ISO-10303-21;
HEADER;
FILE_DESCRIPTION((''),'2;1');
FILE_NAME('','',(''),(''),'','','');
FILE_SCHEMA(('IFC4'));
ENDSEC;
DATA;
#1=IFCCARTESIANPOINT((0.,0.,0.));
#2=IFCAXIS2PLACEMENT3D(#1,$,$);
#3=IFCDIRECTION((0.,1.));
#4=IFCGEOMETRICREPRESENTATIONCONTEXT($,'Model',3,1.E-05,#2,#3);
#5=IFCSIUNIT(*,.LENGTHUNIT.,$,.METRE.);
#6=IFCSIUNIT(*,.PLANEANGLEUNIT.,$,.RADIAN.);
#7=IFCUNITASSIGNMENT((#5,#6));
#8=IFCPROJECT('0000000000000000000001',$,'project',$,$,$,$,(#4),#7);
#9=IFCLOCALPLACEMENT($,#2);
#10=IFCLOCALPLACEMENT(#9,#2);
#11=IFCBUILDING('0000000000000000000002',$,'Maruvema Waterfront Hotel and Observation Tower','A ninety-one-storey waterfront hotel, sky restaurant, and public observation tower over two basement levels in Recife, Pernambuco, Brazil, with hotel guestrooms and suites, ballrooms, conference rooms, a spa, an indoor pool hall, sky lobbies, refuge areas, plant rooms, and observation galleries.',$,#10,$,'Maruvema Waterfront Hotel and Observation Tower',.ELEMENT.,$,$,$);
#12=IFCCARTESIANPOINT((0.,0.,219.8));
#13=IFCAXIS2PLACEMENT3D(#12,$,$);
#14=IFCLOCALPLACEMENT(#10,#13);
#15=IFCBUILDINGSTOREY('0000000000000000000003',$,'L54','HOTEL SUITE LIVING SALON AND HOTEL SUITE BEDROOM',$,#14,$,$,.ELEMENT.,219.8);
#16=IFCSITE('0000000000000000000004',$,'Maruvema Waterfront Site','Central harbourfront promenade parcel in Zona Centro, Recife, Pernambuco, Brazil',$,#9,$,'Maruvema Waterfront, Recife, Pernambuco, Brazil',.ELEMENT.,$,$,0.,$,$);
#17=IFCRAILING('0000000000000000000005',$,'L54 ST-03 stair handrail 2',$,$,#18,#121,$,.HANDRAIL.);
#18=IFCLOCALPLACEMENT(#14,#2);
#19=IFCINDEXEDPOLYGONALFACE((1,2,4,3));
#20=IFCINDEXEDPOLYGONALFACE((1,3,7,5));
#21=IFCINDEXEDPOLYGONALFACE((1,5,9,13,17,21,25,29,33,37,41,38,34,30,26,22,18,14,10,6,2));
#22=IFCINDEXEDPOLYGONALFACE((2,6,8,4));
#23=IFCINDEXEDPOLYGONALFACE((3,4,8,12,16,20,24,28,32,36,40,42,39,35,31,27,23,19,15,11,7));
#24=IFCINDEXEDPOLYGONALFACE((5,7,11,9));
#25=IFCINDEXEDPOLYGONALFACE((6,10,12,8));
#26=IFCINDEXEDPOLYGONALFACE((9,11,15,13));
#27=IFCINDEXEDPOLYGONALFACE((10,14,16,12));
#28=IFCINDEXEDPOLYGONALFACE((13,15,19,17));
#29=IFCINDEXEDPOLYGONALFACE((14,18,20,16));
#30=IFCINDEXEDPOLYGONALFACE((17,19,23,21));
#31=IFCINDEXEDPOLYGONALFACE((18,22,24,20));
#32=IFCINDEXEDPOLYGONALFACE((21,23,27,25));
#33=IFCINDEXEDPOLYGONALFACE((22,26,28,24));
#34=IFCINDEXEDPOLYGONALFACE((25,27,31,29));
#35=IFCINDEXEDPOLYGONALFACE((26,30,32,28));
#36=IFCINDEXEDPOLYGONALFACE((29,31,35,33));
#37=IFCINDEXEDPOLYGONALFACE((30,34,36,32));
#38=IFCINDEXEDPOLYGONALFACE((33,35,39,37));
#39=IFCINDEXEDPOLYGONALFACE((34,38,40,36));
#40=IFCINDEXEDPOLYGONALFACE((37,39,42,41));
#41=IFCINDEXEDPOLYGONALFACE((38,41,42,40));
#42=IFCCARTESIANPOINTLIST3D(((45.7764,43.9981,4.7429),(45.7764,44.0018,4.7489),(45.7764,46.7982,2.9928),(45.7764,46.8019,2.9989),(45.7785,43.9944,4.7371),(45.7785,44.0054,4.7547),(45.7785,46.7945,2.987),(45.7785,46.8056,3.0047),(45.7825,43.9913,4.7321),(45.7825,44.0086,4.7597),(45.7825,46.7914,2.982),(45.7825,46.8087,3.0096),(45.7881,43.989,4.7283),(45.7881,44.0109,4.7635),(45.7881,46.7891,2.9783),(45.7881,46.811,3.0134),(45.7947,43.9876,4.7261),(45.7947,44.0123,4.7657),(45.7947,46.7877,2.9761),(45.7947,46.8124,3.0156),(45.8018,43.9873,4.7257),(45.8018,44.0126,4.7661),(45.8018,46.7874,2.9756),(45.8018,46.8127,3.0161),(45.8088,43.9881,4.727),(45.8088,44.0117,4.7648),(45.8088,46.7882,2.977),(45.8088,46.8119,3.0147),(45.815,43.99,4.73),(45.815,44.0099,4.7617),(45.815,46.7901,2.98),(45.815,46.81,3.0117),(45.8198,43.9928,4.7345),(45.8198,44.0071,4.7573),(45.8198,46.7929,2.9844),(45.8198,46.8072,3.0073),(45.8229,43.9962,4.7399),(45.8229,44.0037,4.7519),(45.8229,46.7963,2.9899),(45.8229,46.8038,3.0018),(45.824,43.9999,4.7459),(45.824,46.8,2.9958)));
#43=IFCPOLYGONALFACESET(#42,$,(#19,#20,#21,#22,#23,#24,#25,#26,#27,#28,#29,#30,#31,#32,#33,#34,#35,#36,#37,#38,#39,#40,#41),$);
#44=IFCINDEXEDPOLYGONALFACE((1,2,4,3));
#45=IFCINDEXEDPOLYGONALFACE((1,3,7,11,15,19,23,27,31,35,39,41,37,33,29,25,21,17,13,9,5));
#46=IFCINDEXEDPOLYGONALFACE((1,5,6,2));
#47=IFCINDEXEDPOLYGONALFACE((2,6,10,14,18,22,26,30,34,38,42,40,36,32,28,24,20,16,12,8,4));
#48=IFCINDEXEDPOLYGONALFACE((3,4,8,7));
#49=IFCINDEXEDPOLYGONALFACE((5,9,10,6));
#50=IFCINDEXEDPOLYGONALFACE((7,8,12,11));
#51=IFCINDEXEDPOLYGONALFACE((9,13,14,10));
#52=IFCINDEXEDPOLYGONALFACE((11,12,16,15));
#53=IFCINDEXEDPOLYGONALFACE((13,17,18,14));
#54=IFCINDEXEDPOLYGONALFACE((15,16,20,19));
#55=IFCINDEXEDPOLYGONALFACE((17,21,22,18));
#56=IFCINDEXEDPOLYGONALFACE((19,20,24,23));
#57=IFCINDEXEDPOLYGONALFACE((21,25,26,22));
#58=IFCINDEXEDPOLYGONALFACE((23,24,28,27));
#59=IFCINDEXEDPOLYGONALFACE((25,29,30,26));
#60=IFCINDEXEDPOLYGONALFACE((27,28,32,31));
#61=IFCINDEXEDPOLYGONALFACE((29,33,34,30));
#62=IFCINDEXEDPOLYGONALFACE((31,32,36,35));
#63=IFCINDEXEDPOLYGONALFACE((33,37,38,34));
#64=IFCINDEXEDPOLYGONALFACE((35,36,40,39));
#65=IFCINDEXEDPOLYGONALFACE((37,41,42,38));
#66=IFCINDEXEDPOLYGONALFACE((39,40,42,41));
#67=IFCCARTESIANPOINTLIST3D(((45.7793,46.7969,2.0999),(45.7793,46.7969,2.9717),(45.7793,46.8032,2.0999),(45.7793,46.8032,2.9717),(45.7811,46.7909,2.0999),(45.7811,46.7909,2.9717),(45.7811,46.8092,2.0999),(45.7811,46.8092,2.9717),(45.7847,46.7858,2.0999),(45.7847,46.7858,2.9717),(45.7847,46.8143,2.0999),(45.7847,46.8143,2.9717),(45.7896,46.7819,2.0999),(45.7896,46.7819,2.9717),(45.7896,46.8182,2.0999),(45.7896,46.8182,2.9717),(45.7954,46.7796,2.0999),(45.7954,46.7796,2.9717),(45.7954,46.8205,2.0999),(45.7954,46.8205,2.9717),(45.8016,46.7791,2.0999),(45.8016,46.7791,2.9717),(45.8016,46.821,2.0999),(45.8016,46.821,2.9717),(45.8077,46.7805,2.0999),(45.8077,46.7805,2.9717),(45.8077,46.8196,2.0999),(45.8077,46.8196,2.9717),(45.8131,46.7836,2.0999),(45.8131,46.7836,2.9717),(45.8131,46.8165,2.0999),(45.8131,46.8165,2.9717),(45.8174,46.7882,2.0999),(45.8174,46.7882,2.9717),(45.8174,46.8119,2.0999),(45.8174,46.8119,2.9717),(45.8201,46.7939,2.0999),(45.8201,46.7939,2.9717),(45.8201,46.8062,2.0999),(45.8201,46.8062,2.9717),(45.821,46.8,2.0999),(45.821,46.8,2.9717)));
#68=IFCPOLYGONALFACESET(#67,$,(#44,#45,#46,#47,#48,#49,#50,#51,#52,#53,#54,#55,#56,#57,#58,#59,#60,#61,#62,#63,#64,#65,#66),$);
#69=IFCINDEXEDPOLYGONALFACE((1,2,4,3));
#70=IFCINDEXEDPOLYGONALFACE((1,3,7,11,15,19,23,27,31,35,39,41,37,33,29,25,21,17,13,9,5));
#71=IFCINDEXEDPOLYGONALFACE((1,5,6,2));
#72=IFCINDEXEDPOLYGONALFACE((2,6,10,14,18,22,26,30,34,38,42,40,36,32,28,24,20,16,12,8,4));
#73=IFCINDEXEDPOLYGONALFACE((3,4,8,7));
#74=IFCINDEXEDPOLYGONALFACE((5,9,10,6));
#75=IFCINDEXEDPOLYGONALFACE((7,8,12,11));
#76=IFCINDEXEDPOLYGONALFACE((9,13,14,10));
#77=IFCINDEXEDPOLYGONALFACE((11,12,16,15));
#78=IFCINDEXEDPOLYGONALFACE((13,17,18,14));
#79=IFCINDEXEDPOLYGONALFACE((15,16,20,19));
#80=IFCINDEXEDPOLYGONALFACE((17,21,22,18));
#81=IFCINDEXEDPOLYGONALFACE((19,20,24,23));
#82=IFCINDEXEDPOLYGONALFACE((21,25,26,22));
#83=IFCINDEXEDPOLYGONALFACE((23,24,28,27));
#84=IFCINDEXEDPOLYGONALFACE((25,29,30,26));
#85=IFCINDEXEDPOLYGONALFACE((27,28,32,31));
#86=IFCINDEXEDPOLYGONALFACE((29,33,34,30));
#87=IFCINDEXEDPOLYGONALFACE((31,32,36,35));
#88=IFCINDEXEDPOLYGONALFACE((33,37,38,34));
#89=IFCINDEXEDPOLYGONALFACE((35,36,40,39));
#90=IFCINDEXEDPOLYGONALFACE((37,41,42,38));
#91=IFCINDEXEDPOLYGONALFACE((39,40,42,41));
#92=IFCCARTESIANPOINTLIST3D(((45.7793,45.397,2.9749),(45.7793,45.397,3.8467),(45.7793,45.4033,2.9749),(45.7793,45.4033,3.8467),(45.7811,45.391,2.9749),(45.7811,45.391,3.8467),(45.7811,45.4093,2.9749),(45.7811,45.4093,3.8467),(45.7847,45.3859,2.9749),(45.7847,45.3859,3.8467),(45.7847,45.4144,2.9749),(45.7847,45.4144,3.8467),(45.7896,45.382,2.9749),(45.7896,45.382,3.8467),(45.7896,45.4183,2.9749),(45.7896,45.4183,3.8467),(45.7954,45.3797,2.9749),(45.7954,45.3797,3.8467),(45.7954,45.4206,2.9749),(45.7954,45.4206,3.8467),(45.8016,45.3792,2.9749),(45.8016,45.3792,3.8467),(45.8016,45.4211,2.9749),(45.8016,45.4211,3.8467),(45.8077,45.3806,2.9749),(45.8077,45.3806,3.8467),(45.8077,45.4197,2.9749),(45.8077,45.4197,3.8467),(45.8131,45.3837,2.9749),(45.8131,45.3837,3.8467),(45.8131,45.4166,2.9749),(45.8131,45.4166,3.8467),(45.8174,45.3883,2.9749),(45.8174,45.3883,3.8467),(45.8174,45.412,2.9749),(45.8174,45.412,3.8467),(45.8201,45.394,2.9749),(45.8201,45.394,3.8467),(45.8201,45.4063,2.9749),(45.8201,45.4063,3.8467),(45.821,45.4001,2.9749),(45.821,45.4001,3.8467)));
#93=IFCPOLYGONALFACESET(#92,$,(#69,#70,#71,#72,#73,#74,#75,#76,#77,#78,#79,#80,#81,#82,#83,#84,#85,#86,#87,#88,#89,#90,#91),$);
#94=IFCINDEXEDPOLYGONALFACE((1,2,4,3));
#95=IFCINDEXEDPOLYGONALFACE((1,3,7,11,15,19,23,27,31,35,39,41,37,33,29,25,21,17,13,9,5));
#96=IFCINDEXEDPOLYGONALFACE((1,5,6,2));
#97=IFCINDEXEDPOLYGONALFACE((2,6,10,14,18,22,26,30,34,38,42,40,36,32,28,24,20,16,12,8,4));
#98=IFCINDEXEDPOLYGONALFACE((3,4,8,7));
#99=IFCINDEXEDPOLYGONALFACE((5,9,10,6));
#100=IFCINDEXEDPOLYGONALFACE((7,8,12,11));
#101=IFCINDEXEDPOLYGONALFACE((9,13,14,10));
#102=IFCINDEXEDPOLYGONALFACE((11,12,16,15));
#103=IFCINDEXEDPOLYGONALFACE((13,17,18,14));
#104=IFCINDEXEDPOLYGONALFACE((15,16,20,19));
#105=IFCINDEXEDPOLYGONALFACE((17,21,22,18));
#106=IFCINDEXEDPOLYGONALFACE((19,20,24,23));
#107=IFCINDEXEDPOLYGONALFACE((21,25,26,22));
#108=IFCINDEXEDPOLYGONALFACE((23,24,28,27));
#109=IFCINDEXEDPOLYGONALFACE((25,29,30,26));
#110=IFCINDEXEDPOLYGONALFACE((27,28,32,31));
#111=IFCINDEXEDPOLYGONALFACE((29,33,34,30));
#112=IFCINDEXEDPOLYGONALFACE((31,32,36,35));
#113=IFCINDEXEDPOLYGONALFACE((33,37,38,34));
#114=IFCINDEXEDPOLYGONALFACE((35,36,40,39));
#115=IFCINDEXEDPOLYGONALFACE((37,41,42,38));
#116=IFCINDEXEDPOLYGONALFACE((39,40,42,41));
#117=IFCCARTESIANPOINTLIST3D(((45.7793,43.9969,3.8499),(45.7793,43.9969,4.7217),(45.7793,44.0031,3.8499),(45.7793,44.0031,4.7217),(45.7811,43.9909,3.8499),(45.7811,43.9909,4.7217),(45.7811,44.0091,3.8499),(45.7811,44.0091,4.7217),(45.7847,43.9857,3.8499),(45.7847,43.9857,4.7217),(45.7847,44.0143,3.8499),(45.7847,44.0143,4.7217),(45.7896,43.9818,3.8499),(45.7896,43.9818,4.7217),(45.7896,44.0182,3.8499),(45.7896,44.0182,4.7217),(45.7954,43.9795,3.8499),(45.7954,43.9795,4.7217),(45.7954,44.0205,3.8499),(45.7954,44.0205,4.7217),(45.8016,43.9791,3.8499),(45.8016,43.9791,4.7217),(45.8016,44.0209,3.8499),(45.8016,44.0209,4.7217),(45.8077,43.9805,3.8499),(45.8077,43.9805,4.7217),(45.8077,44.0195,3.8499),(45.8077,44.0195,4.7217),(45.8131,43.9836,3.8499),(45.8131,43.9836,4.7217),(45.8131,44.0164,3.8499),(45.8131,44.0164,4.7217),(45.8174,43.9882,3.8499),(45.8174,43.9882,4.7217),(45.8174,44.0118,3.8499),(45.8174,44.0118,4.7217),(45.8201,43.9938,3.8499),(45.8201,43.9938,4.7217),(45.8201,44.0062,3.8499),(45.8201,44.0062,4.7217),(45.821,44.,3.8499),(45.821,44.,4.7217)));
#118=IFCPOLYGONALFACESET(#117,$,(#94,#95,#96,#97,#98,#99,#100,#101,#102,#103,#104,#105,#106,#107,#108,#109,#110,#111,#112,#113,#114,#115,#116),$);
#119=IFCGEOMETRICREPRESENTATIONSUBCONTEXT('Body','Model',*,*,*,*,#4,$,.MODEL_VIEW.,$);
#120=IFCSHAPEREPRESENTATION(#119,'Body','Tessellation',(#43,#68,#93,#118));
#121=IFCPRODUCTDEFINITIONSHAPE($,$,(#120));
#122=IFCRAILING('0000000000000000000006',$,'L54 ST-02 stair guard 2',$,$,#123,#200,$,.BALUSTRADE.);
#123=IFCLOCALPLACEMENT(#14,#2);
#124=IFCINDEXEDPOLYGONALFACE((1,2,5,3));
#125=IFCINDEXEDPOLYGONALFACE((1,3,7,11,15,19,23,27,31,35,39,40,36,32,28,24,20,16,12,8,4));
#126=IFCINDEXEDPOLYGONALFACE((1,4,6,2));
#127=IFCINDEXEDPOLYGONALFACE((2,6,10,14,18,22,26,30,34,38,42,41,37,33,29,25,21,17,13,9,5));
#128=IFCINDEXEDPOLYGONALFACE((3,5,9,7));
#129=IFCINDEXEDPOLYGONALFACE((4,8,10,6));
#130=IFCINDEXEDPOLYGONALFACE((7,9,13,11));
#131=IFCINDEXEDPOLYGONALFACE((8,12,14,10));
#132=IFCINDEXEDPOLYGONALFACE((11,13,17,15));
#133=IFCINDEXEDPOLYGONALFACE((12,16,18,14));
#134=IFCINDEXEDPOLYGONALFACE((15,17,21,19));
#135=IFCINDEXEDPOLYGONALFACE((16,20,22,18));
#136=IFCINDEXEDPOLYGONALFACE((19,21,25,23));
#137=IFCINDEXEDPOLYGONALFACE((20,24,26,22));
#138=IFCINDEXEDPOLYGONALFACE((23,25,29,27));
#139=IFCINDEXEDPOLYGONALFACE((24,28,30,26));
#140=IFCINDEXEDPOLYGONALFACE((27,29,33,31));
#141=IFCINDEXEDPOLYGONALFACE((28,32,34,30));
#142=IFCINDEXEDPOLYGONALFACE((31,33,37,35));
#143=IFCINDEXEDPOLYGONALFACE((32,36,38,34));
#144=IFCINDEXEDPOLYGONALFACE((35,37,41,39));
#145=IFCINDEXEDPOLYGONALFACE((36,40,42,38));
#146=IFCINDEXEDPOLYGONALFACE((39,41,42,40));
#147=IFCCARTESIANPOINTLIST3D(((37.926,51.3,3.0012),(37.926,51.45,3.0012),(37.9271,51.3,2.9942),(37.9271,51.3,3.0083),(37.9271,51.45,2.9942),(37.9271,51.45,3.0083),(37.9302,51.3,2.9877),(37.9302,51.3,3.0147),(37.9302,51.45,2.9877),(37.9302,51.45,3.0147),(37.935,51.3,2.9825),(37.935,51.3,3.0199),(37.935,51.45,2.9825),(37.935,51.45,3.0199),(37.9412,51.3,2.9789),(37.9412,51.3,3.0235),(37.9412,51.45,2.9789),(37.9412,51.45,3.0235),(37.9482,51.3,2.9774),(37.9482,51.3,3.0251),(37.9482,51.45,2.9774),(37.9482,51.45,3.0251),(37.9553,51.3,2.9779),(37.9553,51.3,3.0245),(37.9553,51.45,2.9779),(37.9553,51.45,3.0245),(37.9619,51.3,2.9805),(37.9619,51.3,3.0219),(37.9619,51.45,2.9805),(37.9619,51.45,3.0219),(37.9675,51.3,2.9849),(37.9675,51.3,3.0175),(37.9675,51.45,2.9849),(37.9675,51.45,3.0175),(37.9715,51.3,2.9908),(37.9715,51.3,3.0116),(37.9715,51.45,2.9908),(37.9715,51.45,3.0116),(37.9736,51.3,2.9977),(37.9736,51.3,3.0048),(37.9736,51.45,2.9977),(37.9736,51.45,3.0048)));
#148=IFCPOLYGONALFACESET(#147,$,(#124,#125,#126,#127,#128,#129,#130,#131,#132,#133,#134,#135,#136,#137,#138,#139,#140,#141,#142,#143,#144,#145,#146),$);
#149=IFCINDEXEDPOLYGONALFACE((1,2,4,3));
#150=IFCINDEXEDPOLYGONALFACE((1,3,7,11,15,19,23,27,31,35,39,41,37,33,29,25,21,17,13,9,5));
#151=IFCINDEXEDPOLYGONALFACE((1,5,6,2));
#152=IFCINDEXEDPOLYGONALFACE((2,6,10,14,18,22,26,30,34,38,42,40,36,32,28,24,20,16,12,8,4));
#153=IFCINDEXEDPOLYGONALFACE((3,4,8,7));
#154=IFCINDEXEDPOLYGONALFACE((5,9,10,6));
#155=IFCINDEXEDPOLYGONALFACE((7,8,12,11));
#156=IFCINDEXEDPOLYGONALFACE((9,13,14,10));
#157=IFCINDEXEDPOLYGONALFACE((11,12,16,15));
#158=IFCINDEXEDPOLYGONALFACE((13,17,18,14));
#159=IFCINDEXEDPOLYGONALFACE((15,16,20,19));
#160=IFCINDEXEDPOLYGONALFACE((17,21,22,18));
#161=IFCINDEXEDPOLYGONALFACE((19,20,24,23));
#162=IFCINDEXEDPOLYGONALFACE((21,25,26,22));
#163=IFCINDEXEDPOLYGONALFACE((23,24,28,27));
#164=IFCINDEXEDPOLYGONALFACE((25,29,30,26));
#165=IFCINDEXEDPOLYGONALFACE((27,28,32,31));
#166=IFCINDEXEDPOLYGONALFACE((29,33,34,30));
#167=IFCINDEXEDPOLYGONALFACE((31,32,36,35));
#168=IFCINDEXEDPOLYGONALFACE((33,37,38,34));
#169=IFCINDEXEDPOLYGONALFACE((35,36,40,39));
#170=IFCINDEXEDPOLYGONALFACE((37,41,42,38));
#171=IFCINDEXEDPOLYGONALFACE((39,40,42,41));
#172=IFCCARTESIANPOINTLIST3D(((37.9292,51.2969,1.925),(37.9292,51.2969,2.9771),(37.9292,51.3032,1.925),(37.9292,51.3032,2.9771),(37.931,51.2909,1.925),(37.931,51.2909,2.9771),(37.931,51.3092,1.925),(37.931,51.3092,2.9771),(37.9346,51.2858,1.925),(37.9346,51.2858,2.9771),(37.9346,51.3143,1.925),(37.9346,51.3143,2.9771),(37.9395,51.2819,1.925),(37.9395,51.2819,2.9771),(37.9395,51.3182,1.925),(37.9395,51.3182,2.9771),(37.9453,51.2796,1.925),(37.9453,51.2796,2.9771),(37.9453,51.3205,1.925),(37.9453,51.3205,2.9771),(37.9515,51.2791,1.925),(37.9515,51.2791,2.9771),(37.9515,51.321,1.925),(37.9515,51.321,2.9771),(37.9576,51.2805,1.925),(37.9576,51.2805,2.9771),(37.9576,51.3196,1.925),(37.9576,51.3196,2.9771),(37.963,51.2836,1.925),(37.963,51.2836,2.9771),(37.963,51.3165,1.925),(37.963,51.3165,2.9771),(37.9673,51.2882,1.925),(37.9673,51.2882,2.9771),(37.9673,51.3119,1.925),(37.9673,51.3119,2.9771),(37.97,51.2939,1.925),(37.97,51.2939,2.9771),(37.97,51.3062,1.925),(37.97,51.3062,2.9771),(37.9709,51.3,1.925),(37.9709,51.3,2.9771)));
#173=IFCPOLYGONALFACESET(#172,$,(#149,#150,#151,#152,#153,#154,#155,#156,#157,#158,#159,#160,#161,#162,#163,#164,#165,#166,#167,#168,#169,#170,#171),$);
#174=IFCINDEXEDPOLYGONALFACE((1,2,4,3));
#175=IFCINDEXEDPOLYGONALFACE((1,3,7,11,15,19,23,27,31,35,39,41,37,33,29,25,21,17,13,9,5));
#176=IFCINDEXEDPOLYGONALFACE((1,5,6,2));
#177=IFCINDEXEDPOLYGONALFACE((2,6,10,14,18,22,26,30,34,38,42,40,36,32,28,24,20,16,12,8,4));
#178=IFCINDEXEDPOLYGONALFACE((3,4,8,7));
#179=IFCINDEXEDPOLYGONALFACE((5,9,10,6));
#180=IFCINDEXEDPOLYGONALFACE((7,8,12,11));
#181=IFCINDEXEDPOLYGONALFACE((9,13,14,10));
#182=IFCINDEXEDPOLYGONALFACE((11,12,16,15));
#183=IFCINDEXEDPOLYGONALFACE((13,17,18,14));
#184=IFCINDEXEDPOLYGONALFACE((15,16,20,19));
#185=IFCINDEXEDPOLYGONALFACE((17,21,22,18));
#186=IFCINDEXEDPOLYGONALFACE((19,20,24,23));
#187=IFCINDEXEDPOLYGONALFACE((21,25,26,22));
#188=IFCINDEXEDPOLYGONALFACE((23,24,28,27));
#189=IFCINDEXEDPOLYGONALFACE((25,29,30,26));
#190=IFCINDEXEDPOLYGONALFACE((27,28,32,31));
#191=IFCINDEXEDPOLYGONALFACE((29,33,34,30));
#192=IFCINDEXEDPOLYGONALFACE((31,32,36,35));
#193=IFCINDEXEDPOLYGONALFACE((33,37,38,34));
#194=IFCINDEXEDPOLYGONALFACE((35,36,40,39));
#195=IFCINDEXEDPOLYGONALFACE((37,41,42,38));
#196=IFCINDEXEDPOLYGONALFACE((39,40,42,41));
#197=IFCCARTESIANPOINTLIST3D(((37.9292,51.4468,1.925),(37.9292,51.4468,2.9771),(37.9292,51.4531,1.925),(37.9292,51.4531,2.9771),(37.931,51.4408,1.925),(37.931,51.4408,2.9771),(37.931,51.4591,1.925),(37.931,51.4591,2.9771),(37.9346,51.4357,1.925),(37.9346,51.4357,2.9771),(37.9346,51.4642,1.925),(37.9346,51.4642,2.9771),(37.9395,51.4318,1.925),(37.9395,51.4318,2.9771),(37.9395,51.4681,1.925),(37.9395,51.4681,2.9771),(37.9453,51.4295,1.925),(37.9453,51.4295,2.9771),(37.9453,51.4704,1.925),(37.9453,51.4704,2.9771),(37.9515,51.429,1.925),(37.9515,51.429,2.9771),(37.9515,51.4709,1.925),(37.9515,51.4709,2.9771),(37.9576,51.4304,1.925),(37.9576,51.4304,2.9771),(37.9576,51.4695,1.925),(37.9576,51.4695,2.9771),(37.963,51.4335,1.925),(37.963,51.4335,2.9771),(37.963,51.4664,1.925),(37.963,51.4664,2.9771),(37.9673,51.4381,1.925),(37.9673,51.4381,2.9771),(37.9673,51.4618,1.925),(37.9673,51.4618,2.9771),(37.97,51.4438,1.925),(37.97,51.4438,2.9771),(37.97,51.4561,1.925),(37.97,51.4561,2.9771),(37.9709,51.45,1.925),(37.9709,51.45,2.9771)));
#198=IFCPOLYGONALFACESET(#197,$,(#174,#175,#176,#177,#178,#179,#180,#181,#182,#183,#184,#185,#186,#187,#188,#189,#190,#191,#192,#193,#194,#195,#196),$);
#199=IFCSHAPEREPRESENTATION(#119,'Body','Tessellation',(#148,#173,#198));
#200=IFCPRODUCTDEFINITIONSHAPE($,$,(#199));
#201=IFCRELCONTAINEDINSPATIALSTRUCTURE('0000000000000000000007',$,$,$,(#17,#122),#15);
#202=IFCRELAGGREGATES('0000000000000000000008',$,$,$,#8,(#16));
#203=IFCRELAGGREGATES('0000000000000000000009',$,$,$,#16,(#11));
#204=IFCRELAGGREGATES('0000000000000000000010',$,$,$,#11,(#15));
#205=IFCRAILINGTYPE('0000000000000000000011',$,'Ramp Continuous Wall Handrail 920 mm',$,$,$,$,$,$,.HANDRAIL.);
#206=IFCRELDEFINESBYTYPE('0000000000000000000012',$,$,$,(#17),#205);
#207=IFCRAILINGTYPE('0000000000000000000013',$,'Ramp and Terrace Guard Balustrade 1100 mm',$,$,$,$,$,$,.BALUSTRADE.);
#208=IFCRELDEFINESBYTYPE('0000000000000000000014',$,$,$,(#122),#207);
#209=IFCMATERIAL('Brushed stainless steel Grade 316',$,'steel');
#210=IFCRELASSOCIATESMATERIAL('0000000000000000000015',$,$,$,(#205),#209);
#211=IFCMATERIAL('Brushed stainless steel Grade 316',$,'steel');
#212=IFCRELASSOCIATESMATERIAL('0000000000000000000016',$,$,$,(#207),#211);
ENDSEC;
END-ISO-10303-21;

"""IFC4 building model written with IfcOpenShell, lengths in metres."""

from ifc_helpers import new_model, si_unit, direction, frame, origin, origin_2d, place, context, subcontext, project, spatial, circle, extrude, material, type_object, element, save


model = new_model("IFC4")

# Units and contexts
model_context = context("Model", 3, precision=1e-05, world=origin(), true_north=direction((0.0, 1.0)))
body_context = subcontext(model_context, "Body", "Model", "MODEL_VIEW")
ifc_project = project(units=[si_unit("LENGTHUNIT", "METRE"), si_unit("PLANEANGLEUNIT", "RADIAN")], contexts=[model_context])

# Site, building, storey
site_placement = place(None, origin())
site = spatial("IfcSite", under=ifc_project, at=site_placement, Name="Maruvema Waterfront Site", Description="Central harbourfront promenade parcel in Zona Centro, Recife, Pernambuco, Brazil", LongName="Maruvema Waterfront, Recife, Pernambuco, Brazil", CompositionType="ELEMENT", RefElevation=0.0)
building_placement = place(site_placement, origin())
building = spatial("IfcBuilding", under=site, at=building_placement, Name="Maruvema Waterfront Hotel and Observation Tower", Description="A ninety-one-storey waterfront hotel, sky restaurant, and public observation tower over two basement levels in Recife, Pernambuco, Brazil, with hotel guestrooms and suites, ballrooms, conference rooms, a spa, an indoor pool hall, sky lobbies, refuge areas, plant rooms, and observation galleries.", LongName="Maruvema Waterfront Hotel and Observation Tower", CompositionType="ELEMENT")
storey_placement = place(building_placement, frame((0.0, 0.0, 219.8)))
storey = spatial("IfcBuildingStorey", under=building, at=storey_placement, Name="L54", Description="HOTEL SUITE LIVING SALON AND HOTEL SUITE BEDROOM", CompositionType="ELEMENT", Elevation=219.8)

# Railings
ifc_material_1 = material(Name="Brushed stainless steel Grade 316", Category="steel")
railing_type_1 = type_object("IfcRailingType", Name="Ramp Continuous Wall Handrail 920 mm", PredefinedType="HANDRAIL", material=ifc_material_1)
railing_1_placement = place(storey_placement, frame((45.8, 46.8, 2.0999)))
element("IfcRailing", 1, at=railing_1_placement, inside=storey, type_object=railing_type_1, Name="L54 ST-03 stair handrail 2", PredefinedType="HANDRAIL", context=body_context, shape_type="SweptSolid", body=[
    extrude(circle(Radius=0.0239, at=origin_2d()), frame((0.0, 0.0, 0.896), z_axis=(0.0, -0.848002, 0.529992), x_axis=(1.0, 0.0, 0.0)), (0.0, 0.0, 1.0), 3.302),
    extrude(circle(Radius=0.021, at=origin_2d()), origin(), (0.0, 0.0, 1.0), 0.8718),
    extrude(circle(Radius=0.021, at=origin_2d()), frame((0.0, -1.3999, 0.875)), (0.0, 0.0, 1.0), 0.8718),
    extrude(circle(Radius=0.021, at=origin_2d()), frame((0.0, -2.8, 1.75)), (0.0, 0.0, 1.0), 0.8718),
])
ifc_material_2 = material(Name="Brushed stainless steel Grade 316", Category="steel")
railing_type_2 = type_object("IfcRailingType", Name="Ramp and Terrace Guard Balustrade 1100 mm", PredefinedType="BALUSTRADE", material=ifc_material_2)
railing_2_placement = place(storey_placement, frame((37.95, 51.3, 1.925)))
element("IfcRailing", 2, at=railing_2_placement, inside=storey, type_object=railing_type_2, Name="L54 ST-02 stair guard 2", PredefinedType="BALUSTRADE", context=body_context, shape_type="SweptSolid", body=[
    extrude(circle(Radius=0.0239, at=origin_2d()), frame((0.0, 0.0, 1.0762), z_axis=(0.0, 1.0, 0.0), x_axis=(-1.0, 0.0, 0.0)), (0.0, 0.0, 1.0), 0.1499),
    extrude(circle(Radius=0.021, at=origin_2d()), origin(), (0.0, 0.0, 1.0), 1.052),
    extrude(circle(Radius=0.021, at=origin_2d()), frame((0.0, 0.1499, 0.0)), (0.0, 0.0, 1.0), 1.052),
])

save(model, "model.ifc")
